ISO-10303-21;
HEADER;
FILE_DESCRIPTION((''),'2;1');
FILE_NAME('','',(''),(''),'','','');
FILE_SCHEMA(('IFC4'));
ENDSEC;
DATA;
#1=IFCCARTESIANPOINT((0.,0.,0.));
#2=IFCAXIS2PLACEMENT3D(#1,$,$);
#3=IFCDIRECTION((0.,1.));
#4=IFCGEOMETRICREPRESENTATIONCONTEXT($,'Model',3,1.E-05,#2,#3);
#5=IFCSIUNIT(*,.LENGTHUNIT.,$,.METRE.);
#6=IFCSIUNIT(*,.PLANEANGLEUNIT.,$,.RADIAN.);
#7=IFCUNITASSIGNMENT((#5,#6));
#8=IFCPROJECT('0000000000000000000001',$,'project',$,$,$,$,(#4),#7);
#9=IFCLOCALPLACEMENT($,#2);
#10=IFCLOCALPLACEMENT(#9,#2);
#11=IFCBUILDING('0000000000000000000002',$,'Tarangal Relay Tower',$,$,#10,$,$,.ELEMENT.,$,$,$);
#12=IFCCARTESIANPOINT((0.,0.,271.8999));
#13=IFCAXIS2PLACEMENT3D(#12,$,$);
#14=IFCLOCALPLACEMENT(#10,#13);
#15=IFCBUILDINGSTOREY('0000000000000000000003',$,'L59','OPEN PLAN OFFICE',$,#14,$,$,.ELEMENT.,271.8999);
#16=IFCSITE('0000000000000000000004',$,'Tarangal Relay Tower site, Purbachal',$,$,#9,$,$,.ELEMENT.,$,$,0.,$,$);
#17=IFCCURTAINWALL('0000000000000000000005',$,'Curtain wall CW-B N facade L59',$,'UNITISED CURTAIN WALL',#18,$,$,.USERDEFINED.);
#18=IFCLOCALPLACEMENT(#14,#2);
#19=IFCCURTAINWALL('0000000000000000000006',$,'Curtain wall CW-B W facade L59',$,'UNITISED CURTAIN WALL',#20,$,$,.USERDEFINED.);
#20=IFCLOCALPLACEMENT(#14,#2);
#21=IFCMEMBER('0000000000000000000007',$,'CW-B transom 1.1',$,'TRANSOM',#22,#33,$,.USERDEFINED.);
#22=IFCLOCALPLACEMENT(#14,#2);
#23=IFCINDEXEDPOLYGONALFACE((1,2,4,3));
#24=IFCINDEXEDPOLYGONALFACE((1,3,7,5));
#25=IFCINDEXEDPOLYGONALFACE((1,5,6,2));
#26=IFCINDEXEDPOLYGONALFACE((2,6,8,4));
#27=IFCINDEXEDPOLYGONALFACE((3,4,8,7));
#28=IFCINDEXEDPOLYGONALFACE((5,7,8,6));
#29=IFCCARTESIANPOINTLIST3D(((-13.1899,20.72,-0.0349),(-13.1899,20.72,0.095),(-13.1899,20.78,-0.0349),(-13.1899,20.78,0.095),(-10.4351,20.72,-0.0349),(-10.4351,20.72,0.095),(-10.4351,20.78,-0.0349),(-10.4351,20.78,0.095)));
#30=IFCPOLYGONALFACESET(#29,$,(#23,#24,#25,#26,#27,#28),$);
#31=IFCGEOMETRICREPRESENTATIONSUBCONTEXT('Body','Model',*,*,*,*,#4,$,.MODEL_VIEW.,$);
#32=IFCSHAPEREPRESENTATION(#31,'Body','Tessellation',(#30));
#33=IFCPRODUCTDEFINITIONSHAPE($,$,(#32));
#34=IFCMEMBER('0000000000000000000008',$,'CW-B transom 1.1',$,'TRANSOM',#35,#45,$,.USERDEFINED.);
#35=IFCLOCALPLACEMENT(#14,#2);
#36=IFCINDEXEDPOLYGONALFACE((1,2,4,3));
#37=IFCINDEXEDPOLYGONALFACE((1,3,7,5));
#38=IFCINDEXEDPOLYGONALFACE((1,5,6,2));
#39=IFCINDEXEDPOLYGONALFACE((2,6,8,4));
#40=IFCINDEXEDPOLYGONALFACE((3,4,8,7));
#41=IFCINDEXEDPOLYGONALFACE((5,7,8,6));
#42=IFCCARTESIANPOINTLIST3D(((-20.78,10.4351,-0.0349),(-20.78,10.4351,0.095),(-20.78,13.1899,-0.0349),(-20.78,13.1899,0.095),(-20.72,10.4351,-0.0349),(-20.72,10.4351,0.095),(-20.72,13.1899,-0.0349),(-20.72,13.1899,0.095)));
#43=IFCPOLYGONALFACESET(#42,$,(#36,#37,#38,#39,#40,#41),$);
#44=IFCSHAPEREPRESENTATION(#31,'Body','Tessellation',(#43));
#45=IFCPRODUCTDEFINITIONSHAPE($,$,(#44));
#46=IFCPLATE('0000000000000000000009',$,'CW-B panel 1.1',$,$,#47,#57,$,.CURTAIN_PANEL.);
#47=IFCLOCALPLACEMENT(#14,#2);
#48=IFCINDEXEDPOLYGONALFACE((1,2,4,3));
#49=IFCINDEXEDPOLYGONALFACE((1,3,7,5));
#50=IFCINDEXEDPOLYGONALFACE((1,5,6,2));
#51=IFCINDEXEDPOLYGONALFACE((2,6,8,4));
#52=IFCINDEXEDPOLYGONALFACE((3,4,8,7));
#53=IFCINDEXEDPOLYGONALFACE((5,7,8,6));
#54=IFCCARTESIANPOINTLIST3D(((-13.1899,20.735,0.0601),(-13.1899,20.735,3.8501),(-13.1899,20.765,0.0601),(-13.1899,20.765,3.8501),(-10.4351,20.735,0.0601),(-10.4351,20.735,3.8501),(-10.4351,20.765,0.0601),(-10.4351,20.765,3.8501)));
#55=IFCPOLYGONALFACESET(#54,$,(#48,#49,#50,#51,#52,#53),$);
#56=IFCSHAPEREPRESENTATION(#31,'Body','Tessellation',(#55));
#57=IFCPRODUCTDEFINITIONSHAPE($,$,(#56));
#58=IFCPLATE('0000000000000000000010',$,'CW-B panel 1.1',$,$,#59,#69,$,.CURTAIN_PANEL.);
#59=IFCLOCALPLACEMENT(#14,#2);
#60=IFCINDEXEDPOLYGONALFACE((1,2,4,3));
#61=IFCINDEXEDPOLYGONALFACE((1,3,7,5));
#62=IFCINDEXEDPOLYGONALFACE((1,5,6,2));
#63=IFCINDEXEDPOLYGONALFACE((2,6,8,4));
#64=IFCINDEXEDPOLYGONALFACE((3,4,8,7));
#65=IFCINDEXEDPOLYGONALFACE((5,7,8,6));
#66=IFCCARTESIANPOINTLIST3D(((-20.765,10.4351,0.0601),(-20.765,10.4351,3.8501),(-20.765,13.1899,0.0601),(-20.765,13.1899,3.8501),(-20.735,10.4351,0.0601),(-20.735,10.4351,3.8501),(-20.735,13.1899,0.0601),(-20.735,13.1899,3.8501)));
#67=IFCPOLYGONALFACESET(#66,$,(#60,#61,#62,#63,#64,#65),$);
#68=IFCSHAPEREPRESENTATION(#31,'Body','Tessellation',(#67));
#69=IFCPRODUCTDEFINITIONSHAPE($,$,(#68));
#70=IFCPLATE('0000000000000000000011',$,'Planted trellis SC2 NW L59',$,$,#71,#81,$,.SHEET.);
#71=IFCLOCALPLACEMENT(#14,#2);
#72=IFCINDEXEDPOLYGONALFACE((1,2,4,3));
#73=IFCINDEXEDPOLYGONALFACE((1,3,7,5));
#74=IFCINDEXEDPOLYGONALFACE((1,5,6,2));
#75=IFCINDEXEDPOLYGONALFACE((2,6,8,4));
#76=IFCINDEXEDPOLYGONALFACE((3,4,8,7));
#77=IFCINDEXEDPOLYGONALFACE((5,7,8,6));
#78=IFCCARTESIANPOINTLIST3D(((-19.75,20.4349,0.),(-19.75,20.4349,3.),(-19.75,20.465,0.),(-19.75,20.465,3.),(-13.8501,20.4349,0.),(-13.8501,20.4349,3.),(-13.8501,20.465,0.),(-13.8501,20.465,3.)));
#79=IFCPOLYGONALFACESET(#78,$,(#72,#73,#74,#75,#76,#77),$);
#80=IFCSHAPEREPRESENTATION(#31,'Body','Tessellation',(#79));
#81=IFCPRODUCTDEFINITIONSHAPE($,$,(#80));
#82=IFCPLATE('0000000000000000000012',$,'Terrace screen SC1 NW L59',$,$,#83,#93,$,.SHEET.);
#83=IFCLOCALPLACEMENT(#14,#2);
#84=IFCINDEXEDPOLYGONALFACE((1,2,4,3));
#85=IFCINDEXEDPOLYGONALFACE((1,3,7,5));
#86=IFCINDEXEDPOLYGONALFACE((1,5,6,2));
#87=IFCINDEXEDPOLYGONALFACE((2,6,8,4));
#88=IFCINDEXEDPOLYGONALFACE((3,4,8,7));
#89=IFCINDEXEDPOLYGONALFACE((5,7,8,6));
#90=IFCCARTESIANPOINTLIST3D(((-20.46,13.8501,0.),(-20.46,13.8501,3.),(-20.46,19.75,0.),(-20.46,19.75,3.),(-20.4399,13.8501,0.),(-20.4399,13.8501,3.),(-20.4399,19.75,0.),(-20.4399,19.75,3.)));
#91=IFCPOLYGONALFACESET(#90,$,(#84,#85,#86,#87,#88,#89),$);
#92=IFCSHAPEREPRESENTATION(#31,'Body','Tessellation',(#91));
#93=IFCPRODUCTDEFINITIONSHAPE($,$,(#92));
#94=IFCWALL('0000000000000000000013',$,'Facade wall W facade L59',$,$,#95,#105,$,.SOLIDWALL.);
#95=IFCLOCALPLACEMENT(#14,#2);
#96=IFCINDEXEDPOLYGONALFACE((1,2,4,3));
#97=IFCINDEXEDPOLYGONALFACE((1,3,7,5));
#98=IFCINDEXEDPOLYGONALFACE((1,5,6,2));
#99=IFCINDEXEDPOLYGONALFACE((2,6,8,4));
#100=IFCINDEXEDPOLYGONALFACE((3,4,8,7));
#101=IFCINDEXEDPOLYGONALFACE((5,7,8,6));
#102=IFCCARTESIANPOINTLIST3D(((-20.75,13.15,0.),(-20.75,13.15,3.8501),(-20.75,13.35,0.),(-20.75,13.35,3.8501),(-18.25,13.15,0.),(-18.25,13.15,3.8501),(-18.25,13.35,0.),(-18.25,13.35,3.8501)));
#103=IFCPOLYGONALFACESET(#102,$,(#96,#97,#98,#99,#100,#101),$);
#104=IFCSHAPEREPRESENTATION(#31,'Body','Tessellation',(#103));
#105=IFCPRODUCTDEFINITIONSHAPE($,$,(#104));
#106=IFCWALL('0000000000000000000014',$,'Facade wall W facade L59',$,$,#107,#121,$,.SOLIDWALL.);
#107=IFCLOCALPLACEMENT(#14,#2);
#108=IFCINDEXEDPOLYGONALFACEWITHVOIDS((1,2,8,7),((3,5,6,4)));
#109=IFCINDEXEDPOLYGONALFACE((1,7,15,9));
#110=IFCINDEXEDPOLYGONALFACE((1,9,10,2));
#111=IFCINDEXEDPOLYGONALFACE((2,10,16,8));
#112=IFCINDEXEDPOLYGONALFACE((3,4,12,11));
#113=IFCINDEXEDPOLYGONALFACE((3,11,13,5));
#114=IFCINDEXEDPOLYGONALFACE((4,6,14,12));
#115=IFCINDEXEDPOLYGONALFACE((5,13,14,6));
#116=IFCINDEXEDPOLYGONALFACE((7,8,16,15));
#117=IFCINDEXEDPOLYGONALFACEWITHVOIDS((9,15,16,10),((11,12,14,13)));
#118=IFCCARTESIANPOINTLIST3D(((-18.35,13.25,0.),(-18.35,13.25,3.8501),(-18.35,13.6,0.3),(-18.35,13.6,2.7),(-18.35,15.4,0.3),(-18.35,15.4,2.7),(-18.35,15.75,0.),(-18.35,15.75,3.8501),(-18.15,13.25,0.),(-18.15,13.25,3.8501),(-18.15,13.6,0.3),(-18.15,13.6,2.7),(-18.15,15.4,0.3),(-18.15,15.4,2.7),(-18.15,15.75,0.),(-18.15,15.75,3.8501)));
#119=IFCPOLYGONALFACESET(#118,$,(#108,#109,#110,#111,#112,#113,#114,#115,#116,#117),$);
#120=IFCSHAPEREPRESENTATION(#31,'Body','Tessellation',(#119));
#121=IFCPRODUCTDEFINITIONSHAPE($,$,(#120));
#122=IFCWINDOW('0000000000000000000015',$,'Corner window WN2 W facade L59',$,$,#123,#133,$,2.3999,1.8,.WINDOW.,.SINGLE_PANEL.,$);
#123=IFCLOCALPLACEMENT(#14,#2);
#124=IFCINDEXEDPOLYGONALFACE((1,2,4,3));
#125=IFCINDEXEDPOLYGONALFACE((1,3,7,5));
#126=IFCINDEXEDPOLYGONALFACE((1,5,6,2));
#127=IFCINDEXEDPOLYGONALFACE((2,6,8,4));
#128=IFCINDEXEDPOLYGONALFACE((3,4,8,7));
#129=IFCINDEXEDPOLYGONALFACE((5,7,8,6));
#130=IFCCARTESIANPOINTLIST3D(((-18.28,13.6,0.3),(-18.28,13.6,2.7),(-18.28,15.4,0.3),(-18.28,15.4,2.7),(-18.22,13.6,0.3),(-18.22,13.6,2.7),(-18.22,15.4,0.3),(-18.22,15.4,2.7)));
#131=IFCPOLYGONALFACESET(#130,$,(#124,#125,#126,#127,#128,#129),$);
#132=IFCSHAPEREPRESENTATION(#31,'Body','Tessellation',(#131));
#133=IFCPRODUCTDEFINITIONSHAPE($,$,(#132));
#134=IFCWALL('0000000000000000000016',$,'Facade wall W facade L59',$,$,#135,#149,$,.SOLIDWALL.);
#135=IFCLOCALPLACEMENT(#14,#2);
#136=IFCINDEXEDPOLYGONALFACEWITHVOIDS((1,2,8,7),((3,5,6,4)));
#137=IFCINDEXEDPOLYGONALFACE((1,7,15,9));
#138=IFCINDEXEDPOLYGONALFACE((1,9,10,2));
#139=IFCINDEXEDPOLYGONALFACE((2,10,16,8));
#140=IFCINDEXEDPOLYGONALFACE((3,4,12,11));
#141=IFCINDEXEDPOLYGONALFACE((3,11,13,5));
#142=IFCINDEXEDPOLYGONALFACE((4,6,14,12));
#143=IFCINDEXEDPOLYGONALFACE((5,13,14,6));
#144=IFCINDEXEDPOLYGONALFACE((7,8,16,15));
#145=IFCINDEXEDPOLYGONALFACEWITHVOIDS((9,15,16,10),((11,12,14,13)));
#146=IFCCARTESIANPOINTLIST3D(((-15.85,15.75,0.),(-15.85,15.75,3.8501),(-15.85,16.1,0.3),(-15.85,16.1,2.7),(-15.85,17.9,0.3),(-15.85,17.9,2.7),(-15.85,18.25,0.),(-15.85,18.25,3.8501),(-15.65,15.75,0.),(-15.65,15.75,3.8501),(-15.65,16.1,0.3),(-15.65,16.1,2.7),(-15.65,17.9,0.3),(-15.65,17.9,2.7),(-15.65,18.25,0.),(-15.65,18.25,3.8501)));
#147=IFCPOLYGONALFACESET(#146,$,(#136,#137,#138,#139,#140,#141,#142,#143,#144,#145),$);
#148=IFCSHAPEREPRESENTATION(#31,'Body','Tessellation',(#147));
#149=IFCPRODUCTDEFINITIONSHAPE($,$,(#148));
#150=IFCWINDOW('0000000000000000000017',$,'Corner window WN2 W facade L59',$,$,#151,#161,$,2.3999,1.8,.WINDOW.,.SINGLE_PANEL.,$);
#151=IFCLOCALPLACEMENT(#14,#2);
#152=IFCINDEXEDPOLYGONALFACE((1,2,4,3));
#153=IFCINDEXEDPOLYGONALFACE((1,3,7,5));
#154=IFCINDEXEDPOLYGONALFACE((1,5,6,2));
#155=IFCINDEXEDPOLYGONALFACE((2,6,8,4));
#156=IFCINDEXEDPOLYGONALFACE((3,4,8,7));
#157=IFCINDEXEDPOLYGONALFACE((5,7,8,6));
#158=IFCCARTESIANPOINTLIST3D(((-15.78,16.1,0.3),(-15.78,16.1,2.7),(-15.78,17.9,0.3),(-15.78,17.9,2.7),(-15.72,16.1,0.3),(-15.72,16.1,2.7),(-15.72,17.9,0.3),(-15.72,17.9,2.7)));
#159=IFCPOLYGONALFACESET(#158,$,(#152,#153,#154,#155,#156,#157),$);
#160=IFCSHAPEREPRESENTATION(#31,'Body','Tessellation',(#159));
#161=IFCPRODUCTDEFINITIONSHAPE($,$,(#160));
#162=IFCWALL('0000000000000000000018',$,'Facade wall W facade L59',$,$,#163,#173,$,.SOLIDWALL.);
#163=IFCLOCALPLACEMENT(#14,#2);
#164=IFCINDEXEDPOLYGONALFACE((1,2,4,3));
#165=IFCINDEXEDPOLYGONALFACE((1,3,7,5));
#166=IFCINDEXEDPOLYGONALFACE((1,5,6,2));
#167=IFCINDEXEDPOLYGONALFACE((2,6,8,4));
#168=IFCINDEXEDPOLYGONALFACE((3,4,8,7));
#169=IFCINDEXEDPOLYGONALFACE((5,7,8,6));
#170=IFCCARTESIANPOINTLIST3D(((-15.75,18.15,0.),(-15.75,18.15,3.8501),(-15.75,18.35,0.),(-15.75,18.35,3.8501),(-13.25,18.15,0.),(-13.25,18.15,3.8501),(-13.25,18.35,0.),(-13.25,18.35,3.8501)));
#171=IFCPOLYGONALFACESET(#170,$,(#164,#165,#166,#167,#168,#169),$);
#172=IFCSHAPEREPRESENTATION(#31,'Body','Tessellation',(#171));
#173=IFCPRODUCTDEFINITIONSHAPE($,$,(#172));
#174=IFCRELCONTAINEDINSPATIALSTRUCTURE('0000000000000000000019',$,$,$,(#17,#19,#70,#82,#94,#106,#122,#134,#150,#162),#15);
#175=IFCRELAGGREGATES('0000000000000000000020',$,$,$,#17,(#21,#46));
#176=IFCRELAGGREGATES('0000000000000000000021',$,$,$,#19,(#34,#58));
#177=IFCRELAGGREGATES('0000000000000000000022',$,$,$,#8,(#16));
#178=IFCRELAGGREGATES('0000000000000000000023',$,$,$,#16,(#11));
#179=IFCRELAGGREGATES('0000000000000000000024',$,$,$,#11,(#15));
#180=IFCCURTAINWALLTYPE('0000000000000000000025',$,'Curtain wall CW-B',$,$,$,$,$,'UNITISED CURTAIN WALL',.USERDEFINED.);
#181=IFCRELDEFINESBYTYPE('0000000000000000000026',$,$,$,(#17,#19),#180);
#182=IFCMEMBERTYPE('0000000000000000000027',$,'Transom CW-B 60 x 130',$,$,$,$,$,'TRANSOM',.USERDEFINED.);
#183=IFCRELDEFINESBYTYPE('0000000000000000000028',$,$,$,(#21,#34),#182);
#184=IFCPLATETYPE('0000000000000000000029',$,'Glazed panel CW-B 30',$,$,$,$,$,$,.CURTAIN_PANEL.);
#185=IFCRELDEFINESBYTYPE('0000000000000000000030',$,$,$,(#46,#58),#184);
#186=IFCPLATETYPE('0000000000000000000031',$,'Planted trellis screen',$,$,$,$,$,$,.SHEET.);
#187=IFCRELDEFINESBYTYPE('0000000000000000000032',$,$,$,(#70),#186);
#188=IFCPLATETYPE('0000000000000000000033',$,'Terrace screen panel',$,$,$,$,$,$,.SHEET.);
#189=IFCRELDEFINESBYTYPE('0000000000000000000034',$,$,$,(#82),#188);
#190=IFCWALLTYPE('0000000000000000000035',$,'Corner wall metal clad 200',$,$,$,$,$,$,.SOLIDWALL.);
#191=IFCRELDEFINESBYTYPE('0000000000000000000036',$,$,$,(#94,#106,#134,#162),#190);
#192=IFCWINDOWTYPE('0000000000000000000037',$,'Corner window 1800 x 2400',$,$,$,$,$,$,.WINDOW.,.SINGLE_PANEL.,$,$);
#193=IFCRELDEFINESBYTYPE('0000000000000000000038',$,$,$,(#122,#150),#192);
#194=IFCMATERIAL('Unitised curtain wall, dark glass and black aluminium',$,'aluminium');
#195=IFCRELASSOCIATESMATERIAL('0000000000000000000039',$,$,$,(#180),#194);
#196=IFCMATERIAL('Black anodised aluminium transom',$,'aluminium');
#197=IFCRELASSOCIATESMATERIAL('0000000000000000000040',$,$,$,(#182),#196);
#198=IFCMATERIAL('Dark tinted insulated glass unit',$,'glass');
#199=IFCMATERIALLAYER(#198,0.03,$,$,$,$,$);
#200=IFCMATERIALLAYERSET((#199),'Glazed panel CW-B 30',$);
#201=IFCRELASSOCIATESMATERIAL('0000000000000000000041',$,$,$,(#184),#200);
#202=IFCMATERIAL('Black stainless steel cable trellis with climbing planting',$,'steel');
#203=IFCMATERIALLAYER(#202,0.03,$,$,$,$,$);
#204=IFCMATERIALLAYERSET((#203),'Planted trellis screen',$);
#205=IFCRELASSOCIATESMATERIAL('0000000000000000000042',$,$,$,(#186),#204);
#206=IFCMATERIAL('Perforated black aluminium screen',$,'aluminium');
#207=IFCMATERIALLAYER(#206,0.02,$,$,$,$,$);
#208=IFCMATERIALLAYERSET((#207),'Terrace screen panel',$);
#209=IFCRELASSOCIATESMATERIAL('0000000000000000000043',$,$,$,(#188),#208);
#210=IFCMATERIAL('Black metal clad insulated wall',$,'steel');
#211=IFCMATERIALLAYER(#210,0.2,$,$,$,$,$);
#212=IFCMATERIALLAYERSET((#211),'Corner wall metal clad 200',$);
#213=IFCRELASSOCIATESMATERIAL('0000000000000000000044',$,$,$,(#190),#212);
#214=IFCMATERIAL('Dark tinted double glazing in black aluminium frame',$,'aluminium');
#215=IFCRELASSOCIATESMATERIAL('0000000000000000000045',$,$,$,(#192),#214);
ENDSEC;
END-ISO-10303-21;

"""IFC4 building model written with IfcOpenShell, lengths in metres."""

from ifc_helpers import new_model, si_unit, direction, frame, frame_2d, origin, origin_2d, place, context, subcontext, project, spatial, rectangle, extrude, material, layer, layer_set, material_profile, profile_set, type_object, element, fill, aggregate, save


model = new_model("IFC4")

# Units and contexts
model_context = context("Model", 3, precision=1e-05, world=origin(), true_north=direction((0.0, 1.0)))
body_context = subcontext(model_context, "Body", "Model", "MODEL_VIEW")
ifc_project = project(units=[si_unit("LENGTHUNIT", "METRE"), si_unit("PLANEANGLEUNIT", "RADIAN")], contexts=[model_context])

# Site, building, storey
site_placement = place(None, origin())
site = spatial("IfcSite", under=ifc_project, at=site_placement, Name="Tarangal Relay Tower site, Purbachal", CompositionType="ELEMENT", RefElevation=0.0)
building_placement = place(site_placement, origin())
building = spatial("IfcBuilding", under=site, at=building_placement, Name="Tarangal Relay Tower", CompositionType="ELEMENT")
storey_placement = place(building_placement, frame((0.0, 0.0, 271.8999)))
storey = spatial("IfcBuildingStorey", under=building, at=storey_placement, Name="L59", Description="OPEN PLAN OFFICE", CompositionType="ELEMENT", Elevation=271.8999)

# Curtain walls
ifc_material_1 = material(Name="Unitised curtain wall, dark glass and black aluminium", Category="aluminium")
curtain_wall_type = type_object("IfcCurtainWallType", Name="Curtain wall CW-B", ElementType="UNITISED CURTAIN WALL", PredefinedType="USERDEFINED", material=ifc_material_1)
curtain_wall_1_placement = place(storey_placement, origin())
curtain_wall_1 = element("IfcCurtainWall", 1, at=curtain_wall_1_placement, inside=storey, type_object=curtain_wall_type, Name="Curtain wall CW-B N facade L59", ObjectType="UNITISED CURTAIN WALL", PredefinedType="USERDEFINED")
curtain_wall_2_placement = place(storey_placement, origin())
curtain_wall_2 = element("IfcCurtainWall", 2, at=curtain_wall_2_placement, inside=storey, type_object=curtain_wall_type, Name="Curtain wall CW-B W facade L59", ObjectType="UNITISED CURTAIN WALL", PredefinedType="USERDEFINED")

# Members
ifc_material_2 = material(Name="Black anodised aluminium transom", Category="aluminium")
ifc_material_profile_1 = material_profile(ifc_material_2, rectangle(XDim=0.0601, YDim=0.1299, at=origin_2d()), Name="CW-BT 60X130")
ifc_profile_set_1 = profile_set([ifc_material_profile_1], Name="Black anodised aluminium transom")
member_type_1 = type_object("IfcMemberType", Name="Transom CW-B 60 x 130", ElementType="TRANSOM", PredefinedType="USERDEFINED", material=ifc_profile_set_1)
member_1_placement = place(storey_placement, frame((-13.1899, 20.75, 0.03), z_axis=(1.0, 0.0, 0.0), x_axis=(0.0, 1.0, 0.0)))
member_1 = element("IfcMember", 3, at=member_1_placement, type_object=member_type_1, Name="CW-B transom 1.1", ObjectType="TRANSOM", PredefinedType="USERDEFINED", context=body_context, shape_type="SweptSolid", body=[
    extrude(rectangle(XDim=0.0601, YDim=0.1299, at=origin_2d()), origin(), (0.0, 0.0, 1.0), 2.7549),
])
member_2_placement = place(storey_placement, frame((-20.75, 10.4351, 0.03), z_axis=(0.0, 1.0, 0.0), x_axis=(-1.0, 0.0, 0.0)))
member_2 = element("IfcMember", 4, at=member_2_placement, type_object=member_type_1, Name="CW-B transom 1.1", ObjectType="TRANSOM", PredefinedType="USERDEFINED", context=body_context, shape_type="SweptSolid", body=[
    extrude(rectangle(XDim=0.0601, YDim=0.1299, at=origin_2d()), origin(), (0.0, 0.0, 1.0), 2.7549),
])

# Plates
ifc_material_3 = material(Name="Dark tinted insulated glass unit", Category="glass")
ifc_layer_1 = layer(ifc_material_3, 0.03)
ifc_layer_set_1 = layer_set([ifc_layer_1], Name="Glazed panel CW-B 30")
plate_type_1 = type_object("IfcPlateType", Name="Glazed panel CW-B 30", PredefinedType="CURTAIN_PANEL", material=ifc_layer_set_1)
plate_1_placement = place(storey_placement, frame((-11.8125, 20.75, 0.0601), z_axis=(0.0, 0.0, 1.0), x_axis=(1.0, 0.0, 0.0)))
plate_1 = element("IfcPlate", 5, at=plate_1_placement, type_object=plate_type_1, Name="CW-B panel 1.1", PredefinedType="CURTAIN_PANEL", context=body_context, shape_type="SweptSolid", body=[
    extrude(rectangle(XDim=2.7549, YDim=0.03, at=origin_2d()), origin(), (0.0, 0.0, 1.0), 3.79),
])
aggregate(curtain_wall_1, [member_1, plate_1])
plate_2_placement = place(storey_placement, frame((-20.75, 11.8125, 0.0601), z_axis=(0.0, 0.0, 1.0), x_axis=(0.0, 1.0, 0.0)))
plate_2 = element("IfcPlate", 6, at=plate_2_placement, type_object=plate_type_1, Name="CW-B panel 1.1", PredefinedType="CURTAIN_PANEL", context=body_context, shape_type="SweptSolid", body=[
    extrude(rectangle(XDim=2.7549, YDim=0.03, at=origin_2d()), origin(), (0.0, 0.0, 1.0), 3.79),
])
aggregate(curtain_wall_2, [member_2, plate_2])

# Plates
ifc_material_4 = material(Name="Black stainless steel cable trellis with climbing planting", Category="steel")
ifc_layer_2 = layer(ifc_material_4, 0.03)
ifc_layer_set_2 = layer_set([ifc_layer_2], Name="Planted trellis screen")
plate_type_2 = type_object("IfcPlateType", Name="Planted trellis screen", PredefinedType="SHEET", material=ifc_layer_set_2)
plate_3_placement = place(storey_placement, frame((-16.8, 20.45, 0.0), z_axis=(0.0, 0.0, 1.0), x_axis=(1.0, 0.0, 0.0)))
element("IfcPlate", 7, at=plate_3_placement, inside=storey, type_object=plate_type_2, Name="Planted trellis SC2 NW L59", PredefinedType="SHEET", context=body_context, shape_type="SweptSolid", body=[
    extrude(rectangle(XDim=5.8999, YDim=0.03, at=origin_2d()), origin(), (0.0, 0.0, 1.0), 3.0),
])
ifc_material_5 = material(Name="Perforated black aluminium screen", Category="aluminium")
ifc_layer_3 = layer(ifc_material_5, 0.02)
ifc_layer_set_3 = layer_set([ifc_layer_3], Name="Terrace screen panel")
plate_type_3 = type_object("IfcPlateType", Name="Terrace screen panel", PredefinedType="SHEET", material=ifc_layer_set_3)
plate_4_placement = place(storey_placement, frame((-20.45, 16.8, 0.0), z_axis=(0.0, 0.0, 1.0), x_axis=(0.0, 1.0, 0.0)))
element("IfcPlate", 8, at=plate_4_placement, inside=storey, type_object=plate_type_3, Name="Terrace screen SC1 NW L59", PredefinedType="SHEET", context=body_context, shape_type="SweptSolid", body=[
    extrude(rectangle(XDim=5.8999, YDim=0.02, at=origin_2d()), origin(), (0.0, 0.0, 1.0), 3.0),
])

# Wall
ifc_material_6 = material(Name="Black metal clad insulated wall", Category="steel")
ifc_layer_4 = layer(ifc_material_6, 0.2)
ifc_layer_set_4 = layer_set([ifc_layer_4], Name="Corner wall metal clad 200")
wall_type_1 = type_object("IfcWallType", Name="Corner wall metal clad 200", PredefinedType="SOLIDWALL", material=ifc_layer_set_4)
wall_1_placement = place(storey_placement, frame((-20.75, 13.25, 0.0), z_axis=(0.0, 0.0, 1.0), x_axis=(1.0, 0.0, 0.0)))
element("IfcWall", 9, at=wall_1_placement, inside=storey, type_object=wall_type_1, Name="Facade wall W facade L59", PredefinedType="SOLIDWALL", context=body_context, shape_type="SweptSolid", body=[
    extrude(rectangle(XDim=2.5, YDim=0.2, at=frame_2d((1.25, 0.0))), origin(), (0.0, 0.0, 1.0), 3.8501),
])

# Wall, opening, window
wall_2_placement = place(storey_placement, frame((-18.25, 13.25, 0.0), z_axis=(0.0, 0.0, 1.0), x_axis=(0.0, 1.0, 0.0)))
wall_2 = element("IfcWall", 10, at=wall_2_placement, inside=storey, type_object=wall_type_1, Name="Facade wall W facade L59", PredefinedType="SOLIDWALL", context=body_context, shape_type="SweptSolid", body=[
    extrude(rectangle(XDim=2.5, YDim=0.2, at=frame_2d((1.25, 0.0))), origin(), (0.0, 0.0, 1.0), 3.8501),
])
opening_1_placement = place(wall_2_placement, frame((0.3501, 0.0, 0.3)))
opening_1 = element("IfcOpeningElement", 11, at=opening_1_placement, cuts=wall_2, PredefinedType="OPENING", context=body_context, shape_type="SweptSolid", body=[
    extrude(rectangle(XDim=1.8, YDim=2.3999, at=frame_2d((0.8999, 1.2))), frame((0.0, 0.1099, 0.0), z_axis=(0.0, -1.0, 0.0), x_axis=(1.0, 0.0, 0.0)), (0.0, 0.0, 1.0), 0.22),
])
ifc_material_7 = material(Name="Dark tinted double glazing in black aluminium frame", Category="aluminium")
window_type = type_object("IfcWindowType", Name="Corner window 1800 x 2400", PartitioningType="SINGLE_PANEL", PredefinedType="WINDOW", material=ifc_material_7)
window_1_placement = place(opening_1_placement, origin())
window_1 = element("IfcWindow", 12, at=window_1_placement, inside=storey, type_object=window_type, Name="Corner window WN2 W facade L59", OverallHeight=2.3999, OverallWidth=1.8, PartitioningType="SINGLE_PANEL", PredefinedType="WINDOW", context=body_context, shape_type="SweptSolid", body=[
    extrude(rectangle(XDim=1.8, YDim=2.3999, at=frame_2d((0.8999, 1.2))), frame((0.0, 0.03, 0.0), z_axis=(0.0, -1.0, 0.0), x_axis=(1.0, 0.0, 0.0)), (0.0, 0.0, 1.0), 0.0601),
])
fill(opening_1, window_1)

# Wall, opening, window
wall_3_placement = place(storey_placement, frame((-15.75, 15.75, 0.0), z_axis=(0.0, 0.0, 1.0), x_axis=(0.0, 1.0, 0.0)))
wall_3 = element("IfcWall", 13, at=wall_3_placement, inside=storey, type_object=wall_type_1, Name="Facade wall W facade L59", PredefinedType="SOLIDWALL", context=body_context, shape_type="SweptSolid", body=[
    extrude(rectangle(XDim=2.5, YDim=0.2, at=frame_2d((1.25, 0.0))), origin(), (0.0, 0.0, 1.0), 3.8501),
])
opening_2_placement = place(wall_3_placement, frame((0.3501, 0.0, 0.3)))
opening_2 = element("IfcOpeningElement", 14, at=opening_2_placement, cuts=wall_3, PredefinedType="OPENING", context=body_context, shape_type="SweptSolid", body=[
    extrude(rectangle(XDim=1.8, YDim=2.3999, at=frame_2d((0.8999, 1.2))), frame((0.0, 0.1099, 0.0), z_axis=(0.0, -1.0, 0.0), x_axis=(1.0, 0.0, 0.0)), (0.0, 0.0, 1.0), 0.22),
])
window_2_placement = place(opening_2_placement, origin())
window_2 = element("IfcWindow", 15, at=window_2_placement, inside=storey, type_object=window_type, Name="Corner window WN2 W facade L59", OverallHeight=2.3999, OverallWidth=1.8, PartitioningType="SINGLE_PANEL", PredefinedType="WINDOW", context=body_context, shape_type="SweptSolid", body=[
    extrude(rectangle(XDim=1.8, YDim=2.3999, at=frame_2d((0.8999, 1.2))), frame((0.0, 0.03, 0.0), z_axis=(0.0, -1.0, 0.0), x_axis=(1.0, 0.0, 0.0)), (0.0, 0.0, 1.0), 0.0601),
])
fill(opening_2, window_2)

# Wall
wall_4_placement = place(storey_placement, frame((-15.75, 18.25, 0.0), z_axis=(0.0, 0.0, 1.0), x_axis=(1.0, 0.0, 0.0)))
element("IfcWall", 16, at=wall_4_placement, inside=storey, type_object=wall_type_1, Name="Facade wall W facade L59", PredefinedType="SOLIDWALL", context=body_context, shape_type="SweptSolid", body=[
    extrude(rectangle(XDim=2.5, YDim=0.2, at=frame_2d((1.25, 0.0))), origin(), (0.0, 0.0, 1.0), 3.8501),
])

save(model, "model.ifc")
